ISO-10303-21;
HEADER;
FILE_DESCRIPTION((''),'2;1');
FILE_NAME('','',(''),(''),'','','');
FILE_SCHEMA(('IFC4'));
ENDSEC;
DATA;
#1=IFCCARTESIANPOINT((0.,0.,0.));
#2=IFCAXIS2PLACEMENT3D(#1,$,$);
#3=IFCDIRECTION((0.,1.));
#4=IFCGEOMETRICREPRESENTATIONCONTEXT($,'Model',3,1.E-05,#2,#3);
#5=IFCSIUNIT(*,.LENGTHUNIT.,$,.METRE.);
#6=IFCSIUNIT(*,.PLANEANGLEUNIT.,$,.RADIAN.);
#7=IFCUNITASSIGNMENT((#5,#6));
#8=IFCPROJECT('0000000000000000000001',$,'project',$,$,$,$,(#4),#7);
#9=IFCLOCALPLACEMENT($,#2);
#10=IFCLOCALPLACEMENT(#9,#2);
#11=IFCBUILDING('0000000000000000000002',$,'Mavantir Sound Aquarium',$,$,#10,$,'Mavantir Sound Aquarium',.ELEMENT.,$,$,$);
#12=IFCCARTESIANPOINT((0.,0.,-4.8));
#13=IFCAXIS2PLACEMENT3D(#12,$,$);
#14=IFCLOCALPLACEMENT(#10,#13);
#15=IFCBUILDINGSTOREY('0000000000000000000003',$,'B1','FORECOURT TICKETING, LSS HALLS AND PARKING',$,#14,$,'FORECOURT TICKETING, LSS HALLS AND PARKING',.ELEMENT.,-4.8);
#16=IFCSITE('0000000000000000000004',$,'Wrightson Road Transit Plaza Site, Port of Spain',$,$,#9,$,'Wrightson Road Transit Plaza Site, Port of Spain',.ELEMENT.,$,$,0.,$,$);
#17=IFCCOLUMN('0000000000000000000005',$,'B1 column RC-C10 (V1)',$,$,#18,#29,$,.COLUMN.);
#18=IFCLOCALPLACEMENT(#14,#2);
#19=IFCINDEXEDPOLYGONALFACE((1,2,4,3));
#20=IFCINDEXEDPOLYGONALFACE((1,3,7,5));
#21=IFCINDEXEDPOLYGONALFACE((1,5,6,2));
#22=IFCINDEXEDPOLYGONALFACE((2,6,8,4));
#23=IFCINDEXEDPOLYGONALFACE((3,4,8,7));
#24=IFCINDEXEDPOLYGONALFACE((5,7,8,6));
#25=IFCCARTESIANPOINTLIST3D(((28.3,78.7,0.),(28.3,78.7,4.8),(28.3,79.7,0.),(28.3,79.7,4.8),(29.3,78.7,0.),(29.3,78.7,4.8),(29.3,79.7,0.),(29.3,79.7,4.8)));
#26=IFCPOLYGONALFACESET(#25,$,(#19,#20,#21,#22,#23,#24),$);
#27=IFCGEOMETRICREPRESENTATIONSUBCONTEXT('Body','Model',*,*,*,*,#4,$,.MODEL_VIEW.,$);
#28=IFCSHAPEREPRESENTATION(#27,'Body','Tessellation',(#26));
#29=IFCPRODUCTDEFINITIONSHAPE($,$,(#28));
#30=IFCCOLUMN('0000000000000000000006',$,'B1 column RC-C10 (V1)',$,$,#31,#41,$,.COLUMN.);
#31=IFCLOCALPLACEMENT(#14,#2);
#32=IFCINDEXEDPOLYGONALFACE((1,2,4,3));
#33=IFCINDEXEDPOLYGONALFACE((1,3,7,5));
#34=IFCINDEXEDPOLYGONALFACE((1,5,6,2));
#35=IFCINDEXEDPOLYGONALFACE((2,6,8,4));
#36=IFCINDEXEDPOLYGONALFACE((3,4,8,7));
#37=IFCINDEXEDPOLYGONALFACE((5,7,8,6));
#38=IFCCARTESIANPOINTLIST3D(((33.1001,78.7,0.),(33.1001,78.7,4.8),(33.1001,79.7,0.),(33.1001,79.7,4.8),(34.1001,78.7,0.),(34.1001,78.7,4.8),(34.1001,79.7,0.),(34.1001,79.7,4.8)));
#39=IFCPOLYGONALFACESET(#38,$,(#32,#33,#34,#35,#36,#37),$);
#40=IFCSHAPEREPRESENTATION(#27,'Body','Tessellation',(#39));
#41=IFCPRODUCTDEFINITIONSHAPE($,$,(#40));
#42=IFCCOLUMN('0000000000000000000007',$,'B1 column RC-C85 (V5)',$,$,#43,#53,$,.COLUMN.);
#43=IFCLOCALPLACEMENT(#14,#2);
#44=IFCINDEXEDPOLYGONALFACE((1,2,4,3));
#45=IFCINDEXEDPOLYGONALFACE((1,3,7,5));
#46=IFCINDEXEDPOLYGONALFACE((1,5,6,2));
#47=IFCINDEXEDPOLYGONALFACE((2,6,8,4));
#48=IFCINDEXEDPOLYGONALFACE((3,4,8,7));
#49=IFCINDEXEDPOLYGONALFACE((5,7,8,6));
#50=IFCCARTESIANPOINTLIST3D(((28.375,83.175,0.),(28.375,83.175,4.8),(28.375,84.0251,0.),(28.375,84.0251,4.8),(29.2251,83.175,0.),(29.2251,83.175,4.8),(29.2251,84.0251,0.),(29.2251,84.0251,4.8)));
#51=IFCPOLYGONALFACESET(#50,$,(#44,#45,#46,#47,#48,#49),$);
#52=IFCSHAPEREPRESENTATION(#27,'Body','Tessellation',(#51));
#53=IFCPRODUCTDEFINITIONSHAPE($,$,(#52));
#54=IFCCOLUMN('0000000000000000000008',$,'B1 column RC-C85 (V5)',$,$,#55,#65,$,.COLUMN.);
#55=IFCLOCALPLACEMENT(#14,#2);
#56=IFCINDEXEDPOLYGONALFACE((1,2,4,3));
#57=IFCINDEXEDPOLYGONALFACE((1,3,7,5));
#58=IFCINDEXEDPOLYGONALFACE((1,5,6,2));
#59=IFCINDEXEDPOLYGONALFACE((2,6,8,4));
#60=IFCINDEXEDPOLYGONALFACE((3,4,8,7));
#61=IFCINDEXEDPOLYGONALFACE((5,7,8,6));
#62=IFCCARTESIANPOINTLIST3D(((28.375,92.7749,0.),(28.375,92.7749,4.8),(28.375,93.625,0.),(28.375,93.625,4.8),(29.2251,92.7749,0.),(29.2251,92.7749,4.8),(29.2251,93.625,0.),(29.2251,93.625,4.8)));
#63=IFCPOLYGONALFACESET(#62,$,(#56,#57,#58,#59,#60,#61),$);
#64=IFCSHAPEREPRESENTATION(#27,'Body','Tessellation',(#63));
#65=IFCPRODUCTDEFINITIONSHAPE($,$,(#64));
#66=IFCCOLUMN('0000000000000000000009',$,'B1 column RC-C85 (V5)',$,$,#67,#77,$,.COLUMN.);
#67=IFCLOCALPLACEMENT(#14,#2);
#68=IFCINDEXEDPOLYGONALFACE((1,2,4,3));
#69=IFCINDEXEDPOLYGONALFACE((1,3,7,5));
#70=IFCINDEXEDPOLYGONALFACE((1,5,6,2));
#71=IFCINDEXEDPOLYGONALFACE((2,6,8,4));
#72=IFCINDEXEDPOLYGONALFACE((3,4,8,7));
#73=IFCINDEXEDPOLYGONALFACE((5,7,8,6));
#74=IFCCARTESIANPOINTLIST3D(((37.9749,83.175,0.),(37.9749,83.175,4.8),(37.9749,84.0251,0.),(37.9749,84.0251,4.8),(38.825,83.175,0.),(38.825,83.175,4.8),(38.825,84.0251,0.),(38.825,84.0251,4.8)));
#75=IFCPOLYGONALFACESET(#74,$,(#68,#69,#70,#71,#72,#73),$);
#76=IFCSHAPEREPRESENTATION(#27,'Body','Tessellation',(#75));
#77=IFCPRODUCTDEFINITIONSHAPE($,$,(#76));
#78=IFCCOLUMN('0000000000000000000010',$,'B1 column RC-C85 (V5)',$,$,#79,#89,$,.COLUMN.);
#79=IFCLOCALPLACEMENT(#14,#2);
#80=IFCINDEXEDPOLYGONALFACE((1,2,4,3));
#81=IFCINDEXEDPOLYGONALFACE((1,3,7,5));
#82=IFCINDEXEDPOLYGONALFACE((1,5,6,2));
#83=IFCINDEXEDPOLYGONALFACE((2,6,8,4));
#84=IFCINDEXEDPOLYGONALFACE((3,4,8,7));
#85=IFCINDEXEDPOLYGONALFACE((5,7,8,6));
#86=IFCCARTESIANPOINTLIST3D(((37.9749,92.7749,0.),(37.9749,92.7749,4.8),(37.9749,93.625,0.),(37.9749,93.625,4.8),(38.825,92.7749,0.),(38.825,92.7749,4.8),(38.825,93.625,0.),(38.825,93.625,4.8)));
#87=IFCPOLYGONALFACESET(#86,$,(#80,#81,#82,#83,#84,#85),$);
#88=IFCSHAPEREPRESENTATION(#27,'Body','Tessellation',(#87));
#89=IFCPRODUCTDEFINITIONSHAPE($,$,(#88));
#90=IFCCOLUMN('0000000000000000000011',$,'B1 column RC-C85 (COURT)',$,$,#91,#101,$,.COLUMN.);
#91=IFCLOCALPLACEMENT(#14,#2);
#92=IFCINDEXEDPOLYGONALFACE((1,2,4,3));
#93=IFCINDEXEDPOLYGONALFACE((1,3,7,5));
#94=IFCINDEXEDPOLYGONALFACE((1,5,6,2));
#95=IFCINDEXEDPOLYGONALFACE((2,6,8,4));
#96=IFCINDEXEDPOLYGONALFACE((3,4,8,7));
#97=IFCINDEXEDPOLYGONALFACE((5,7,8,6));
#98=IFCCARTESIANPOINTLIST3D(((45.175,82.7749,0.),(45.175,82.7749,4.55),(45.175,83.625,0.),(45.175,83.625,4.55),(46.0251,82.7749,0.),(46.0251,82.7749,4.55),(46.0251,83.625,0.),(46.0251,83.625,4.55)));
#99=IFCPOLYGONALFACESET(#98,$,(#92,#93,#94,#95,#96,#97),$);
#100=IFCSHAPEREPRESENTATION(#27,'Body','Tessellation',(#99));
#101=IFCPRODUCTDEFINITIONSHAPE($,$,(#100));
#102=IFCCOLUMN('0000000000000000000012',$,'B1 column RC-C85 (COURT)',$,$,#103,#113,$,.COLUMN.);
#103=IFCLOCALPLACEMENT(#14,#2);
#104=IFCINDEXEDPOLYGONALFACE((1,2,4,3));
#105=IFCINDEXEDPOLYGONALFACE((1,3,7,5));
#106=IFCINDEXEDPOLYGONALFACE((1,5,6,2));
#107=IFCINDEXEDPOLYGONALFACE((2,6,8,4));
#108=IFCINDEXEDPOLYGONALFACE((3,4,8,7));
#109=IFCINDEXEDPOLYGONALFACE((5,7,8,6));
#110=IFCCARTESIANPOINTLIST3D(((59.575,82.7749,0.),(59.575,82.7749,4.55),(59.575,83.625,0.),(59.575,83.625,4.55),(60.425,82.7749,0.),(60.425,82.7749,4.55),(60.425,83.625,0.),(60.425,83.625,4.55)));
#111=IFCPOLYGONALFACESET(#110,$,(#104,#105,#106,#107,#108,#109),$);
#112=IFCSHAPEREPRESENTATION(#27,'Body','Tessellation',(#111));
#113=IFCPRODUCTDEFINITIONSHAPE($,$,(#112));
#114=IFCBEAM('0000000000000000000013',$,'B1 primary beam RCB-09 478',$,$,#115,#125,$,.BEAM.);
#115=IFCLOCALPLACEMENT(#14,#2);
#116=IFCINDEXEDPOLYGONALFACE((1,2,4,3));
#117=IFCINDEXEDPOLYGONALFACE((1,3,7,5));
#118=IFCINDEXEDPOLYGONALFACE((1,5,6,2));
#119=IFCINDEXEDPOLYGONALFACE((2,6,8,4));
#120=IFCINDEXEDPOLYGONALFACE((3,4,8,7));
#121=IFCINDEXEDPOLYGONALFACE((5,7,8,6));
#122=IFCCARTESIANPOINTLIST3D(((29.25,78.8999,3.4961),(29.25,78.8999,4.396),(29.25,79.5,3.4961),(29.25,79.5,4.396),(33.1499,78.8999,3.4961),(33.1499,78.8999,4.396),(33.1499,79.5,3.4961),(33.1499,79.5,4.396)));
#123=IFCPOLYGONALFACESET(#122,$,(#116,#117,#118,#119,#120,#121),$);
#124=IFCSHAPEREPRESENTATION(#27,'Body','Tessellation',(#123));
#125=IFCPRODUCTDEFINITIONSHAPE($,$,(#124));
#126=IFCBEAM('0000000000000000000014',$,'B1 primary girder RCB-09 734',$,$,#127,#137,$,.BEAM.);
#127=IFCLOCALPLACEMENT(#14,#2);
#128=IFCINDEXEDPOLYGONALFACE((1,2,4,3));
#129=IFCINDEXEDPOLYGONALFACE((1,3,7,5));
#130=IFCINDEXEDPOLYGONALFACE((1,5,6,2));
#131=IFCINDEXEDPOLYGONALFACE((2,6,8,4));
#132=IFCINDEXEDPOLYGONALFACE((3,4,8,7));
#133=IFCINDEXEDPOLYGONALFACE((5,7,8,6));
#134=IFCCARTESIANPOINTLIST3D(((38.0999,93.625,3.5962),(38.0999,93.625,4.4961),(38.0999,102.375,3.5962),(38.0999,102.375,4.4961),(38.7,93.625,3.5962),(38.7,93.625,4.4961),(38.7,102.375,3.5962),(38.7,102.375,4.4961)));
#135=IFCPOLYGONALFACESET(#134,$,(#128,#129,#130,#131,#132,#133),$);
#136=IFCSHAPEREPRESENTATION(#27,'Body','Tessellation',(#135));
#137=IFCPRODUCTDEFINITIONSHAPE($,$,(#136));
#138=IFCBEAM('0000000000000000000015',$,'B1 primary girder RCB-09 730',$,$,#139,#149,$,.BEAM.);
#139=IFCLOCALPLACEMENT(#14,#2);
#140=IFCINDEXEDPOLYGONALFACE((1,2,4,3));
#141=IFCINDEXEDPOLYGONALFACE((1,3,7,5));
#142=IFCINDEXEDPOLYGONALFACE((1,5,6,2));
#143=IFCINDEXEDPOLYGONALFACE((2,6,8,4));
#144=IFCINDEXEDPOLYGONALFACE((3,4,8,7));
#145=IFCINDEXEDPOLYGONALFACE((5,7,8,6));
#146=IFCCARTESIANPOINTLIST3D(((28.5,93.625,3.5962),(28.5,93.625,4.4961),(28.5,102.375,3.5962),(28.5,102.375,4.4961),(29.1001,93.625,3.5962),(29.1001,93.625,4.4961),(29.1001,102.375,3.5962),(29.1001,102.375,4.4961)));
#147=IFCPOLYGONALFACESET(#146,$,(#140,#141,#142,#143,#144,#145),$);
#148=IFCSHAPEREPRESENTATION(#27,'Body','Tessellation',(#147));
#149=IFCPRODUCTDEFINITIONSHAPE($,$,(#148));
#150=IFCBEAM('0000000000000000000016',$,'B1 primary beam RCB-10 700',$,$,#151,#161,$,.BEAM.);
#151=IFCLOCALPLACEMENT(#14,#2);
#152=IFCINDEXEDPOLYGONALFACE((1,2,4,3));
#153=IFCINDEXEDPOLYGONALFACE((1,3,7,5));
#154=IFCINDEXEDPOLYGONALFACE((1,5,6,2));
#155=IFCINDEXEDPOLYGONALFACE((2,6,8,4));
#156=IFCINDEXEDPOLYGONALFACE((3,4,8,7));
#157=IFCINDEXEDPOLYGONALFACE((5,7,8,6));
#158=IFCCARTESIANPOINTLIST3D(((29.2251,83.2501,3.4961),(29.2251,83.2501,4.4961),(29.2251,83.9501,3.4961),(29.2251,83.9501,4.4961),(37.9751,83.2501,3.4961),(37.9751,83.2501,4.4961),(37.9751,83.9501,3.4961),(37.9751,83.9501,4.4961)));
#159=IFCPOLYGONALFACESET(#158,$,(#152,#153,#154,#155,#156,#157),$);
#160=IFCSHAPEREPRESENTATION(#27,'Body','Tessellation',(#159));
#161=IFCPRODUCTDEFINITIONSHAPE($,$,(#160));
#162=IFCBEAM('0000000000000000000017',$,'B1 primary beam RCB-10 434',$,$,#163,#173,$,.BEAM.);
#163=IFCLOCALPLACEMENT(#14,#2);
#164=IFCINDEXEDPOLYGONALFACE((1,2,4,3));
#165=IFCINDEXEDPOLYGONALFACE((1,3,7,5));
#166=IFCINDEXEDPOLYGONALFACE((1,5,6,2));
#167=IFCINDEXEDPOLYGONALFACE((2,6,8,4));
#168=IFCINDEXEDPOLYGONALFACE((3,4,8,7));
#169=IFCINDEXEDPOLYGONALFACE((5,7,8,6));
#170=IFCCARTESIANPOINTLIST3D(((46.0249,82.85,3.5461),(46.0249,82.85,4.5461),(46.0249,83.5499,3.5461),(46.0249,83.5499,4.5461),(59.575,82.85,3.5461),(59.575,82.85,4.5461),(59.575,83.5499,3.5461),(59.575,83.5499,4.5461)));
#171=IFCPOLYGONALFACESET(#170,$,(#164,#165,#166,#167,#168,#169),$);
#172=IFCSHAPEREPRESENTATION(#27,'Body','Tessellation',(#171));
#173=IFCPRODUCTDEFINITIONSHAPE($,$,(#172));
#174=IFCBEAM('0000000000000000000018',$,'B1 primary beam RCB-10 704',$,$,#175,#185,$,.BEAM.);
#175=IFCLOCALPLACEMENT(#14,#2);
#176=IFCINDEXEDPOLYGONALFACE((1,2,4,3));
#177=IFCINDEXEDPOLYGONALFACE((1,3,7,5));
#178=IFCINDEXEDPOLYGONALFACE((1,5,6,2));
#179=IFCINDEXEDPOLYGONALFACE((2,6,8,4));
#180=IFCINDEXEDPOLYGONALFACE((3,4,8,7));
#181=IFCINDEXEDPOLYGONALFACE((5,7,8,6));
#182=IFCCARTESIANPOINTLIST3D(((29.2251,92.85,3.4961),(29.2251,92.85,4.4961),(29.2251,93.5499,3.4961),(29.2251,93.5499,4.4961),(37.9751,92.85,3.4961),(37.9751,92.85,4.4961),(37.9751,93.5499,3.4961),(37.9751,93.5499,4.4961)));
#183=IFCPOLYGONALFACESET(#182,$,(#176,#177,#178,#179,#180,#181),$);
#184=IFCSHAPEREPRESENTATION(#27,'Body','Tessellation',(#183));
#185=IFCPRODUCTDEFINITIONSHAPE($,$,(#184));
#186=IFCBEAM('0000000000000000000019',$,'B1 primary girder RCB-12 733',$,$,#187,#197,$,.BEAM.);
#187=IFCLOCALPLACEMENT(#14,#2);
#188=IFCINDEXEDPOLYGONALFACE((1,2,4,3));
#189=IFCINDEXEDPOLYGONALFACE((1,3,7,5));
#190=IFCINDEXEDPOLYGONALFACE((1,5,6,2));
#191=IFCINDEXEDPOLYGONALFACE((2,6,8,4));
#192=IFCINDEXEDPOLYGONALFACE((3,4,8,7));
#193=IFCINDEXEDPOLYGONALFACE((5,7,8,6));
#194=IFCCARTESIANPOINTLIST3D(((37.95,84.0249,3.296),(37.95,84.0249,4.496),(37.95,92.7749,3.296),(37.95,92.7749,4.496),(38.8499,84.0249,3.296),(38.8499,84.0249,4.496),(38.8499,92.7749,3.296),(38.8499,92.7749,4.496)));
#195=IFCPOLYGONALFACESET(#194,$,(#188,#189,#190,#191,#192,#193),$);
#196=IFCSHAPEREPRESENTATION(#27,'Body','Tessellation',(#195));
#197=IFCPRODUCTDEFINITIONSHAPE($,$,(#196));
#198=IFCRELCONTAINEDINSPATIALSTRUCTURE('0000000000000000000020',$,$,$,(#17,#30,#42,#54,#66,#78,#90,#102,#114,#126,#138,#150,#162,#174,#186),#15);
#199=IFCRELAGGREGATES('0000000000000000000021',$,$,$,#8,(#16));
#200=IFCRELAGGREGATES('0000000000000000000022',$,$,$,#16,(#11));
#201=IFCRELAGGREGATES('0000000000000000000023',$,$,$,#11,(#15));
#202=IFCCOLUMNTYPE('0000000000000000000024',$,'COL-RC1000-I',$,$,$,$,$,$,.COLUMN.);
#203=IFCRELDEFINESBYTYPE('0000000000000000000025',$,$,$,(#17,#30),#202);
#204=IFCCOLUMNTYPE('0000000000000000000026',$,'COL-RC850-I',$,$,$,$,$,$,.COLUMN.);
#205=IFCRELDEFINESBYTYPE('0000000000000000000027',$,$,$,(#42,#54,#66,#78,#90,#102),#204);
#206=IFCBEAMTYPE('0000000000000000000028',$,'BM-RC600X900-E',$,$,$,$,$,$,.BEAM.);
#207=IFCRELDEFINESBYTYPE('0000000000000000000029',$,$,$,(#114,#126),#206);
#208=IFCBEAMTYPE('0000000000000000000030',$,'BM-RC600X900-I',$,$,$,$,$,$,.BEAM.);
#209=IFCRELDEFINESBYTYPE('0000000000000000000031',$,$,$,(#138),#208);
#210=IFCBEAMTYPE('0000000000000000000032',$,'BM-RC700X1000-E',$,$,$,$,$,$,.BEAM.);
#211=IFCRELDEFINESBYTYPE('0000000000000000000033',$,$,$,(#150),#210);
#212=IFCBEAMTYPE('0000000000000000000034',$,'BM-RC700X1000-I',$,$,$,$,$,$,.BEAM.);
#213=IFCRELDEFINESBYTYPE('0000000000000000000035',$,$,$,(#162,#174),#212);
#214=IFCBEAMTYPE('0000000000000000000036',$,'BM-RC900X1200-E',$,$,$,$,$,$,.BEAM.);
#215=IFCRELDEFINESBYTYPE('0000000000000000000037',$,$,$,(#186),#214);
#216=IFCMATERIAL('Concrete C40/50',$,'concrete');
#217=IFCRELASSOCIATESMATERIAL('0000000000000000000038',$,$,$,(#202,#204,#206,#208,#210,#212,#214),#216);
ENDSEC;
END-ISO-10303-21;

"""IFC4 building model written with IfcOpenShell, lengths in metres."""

from ifc_helpers import new_model, si_unit, direction, frame, origin, origin_2d, place, context, subcontext, project, spatial, rectangle, extrude, material, material_profile, profile_set, type_object, element, save


model = new_model("IFC4")

# Units and contexts
model_context = context("Model", 3, precision=1e-05, world=origin(), true_north=direction((0.0, 1.0)))
body_context = subcontext(model_context, "Body", "Model", "MODEL_VIEW")
ifc_project = project(units=[si_unit("LENGTHUNIT", "METRE"), si_unit("PLANEANGLEUNIT", "RADIAN")], contexts=[model_context])

# Site, building, storey
site_placement = place(None, origin())
site = spatial("IfcSite", under=ifc_project, at=site_placement, Name="Wrightson Road Transit Plaza Site, Port of Spain", LongName="Wrightson Road Transit Plaza Site, Port of Spain", CompositionType="ELEMENT", RefElevation=0.0)
building_placement = place(site_placement, origin())
building = spatial("IfcBuilding", under=site, at=building_placement, Name="Mavantir Sound Aquarium", LongName="Mavantir Sound Aquarium", CompositionType="ELEMENT")
storey_placement = place(building_placement, frame((0.0, 0.0, -4.8)))
storey = spatial("IfcBuildingStorey", under=building, at=storey_placement, Name="B1", Description="FORECOURT TICKETING, LSS HALLS AND PARKING", LongName="FORECOURT TICKETING, LSS HALLS AND PARKING", CompositionType="ELEMENT", Elevation=-4.8)

# Columns
ifc_material_1 = material(Name="Concrete C40/50", Category="concrete")
ifc_material_profile_1 = material_profile(ifc_material_1, rectangle(XDim=1.0, YDim=1.0, at=origin_2d()), Name="RC 1000X1000")
ifc_profile_set_1 = profile_set([ifc_material_profile_1], Name="Concrete C40/50")
column_type_1 = type_object("IfcColumnType", Name="COL-RC1000-I", PredefinedType="COLUMN", material=ifc_profile_set_1)
for number, where, z_axis, x_axis, name in (
    (1, (28.8, 79.2, 0.0), (0.0, 0.0, 1.0), (1.0, 0.0, 0.0), "B1 column RC-C10 (V1)"),
    (2, (33.6001, 79.2, 0.0), (0.0, 0.0, 1.0), (1.0, 0.0, 0.0), "B1 column RC-C10 (V1)"),
):
    element("IfcColumn", number, at=place(storey_placement, frame(where, z_axis=z_axis, x_axis=x_axis)), inside=storey, type_object=column_type_1, Name=name, PredefinedType="COLUMN", context=body_context, shape_type="SweptSolid", body=[
        extrude(rectangle(XDim=1.0, YDim=1.0, at=origin_2d()), origin(), (0.0, 0.0, 1.0), 4.8),
    ])
ifc_material_profile_2 = material_profile(ifc_material_1, rectangle(XDim=0.8501, YDim=0.8501, at=origin_2d()), Name="RC 850X850")
ifc_profile_set_2 = profile_set([ifc_material_profile_2], Name="Concrete C40/50")
column_type_2 = type_object("IfcColumnType", Name="COL-RC850-I", PredefinedType="COLUMN", material=ifc_profile_set_2)
for number, where, z_axis, x_axis, name in (
    (3, (28.8, 83.6001, 0.0), (0.0, 0.0, 1.0), (1.0, 0.0, 0.0), "B1 column RC-C85 (V5)"),
    (4, (28.8, 93.2, 0.0), (0.0, 0.0, 1.0), (1.0, 0.0, 0.0), "B1 column RC-C85 (V5)"),
    (5, (38.3999, 83.6001, 0.0), (0.0, 0.0, 1.0), (1.0, 0.0, 0.0), "B1 column RC-C85 (V5)"),
    (6, (38.3999, 93.2, 0.0), (0.0, 0.0, 1.0), (1.0, 0.0, 0.0), "B1 column RC-C85 (V5)"),
):
    element("IfcColumn", number, at=place(storey_placement, frame(where, z_axis=z_axis, x_axis=x_axis)), inside=storey, type_object=column_type_2, Name=name, PredefinedType="COLUMN", context=body_context, shape_type="SweptSolid", body=[
        extrude(rectangle(XDim=0.8501, YDim=0.8501, at=origin_2d()), origin(), (0.0, 0.0, 1.0), 4.8),
    ])
for number, where, z_axis, x_axis, name in (
    (7, (45.6001, 83.2, 0.0), (0.0, 0.0, 1.0), (1.0, 0.0, 0.0), "B1 column RC-C85 (COURT)"),
    (8, (60.0, 83.2, 0.0), (0.0, 0.0, 1.0), (1.0, 0.0, 0.0), "B1 column RC-C85 (COURT)"),
):
    element("IfcColumn", number, at=place(storey_placement, frame(where, z_axis=z_axis, x_axis=x_axis)), inside=storey, type_object=column_type_2, Name=name, PredefinedType="COLUMN", context=body_context, shape_type="SweptSolid", body=[
        extrude(rectangle(XDim=0.8501, YDim=0.8501, at=origin_2d()), origin(), (0.0, 0.0, 1.0), 4.55),
    ])

# Beams
ifc_material_profile_3 = material_profile(ifc_material_1, rectangle(XDim=0.6001, YDim=0.8999, at=origin_2d()), Name="RC 600X900")
ifc_profile_set_3 = profile_set([ifc_material_profile_3], Name="Concrete C40/50")
beam_type_1 = type_object("IfcBeamType", Name="BM-RC600X900-E", PredefinedType="BEAM", material=ifc_profile_set_3)
beam_1_placement = place(storey_placement, frame((29.25, 79.2, 3.946), z_axis=(1.0, 0.0, 0.0), x_axis=(0.0, 1.0, 0.0)))
element("IfcBeam", 9, at=beam_1_placement, inside=storey, type_object=beam_type_1, Name="B1 primary beam RCB-09 478", PredefinedType="BEAM", context=body_context, shape_type="SweptSolid", body=[
    extrude(rectangle(XDim=0.6001, YDim=0.8999, at=origin_2d()), origin(), (0.0, 0.0, 1.0), 3.8999),
])
beam_2_placement = place(storey_placement, frame((38.3999, 93.625, 4.0461), z_axis=(0.0, 1.0, 0.0), x_axis=(-1.0, 0.0, 0.0)))
element("IfcBeam", 10, at=beam_2_placement, inside=storey, type_object=beam_type_1, Name="B1 primary girder RCB-09 734", PredefinedType="BEAM", context=body_context, shape_type="SweptSolid", body=[
    extrude(rectangle(XDim=0.6001, YDim=0.8999, at=origin_2d()), origin(), (0.0, 0.0, 1.0), 8.75),
])
ifc_material_profile_4 = material_profile(ifc_material_1, rectangle(XDim=0.6001, YDim=0.8999, at=origin_2d()), Name="RC 600X900")
ifc_profile_set_4 = profile_set([ifc_material_profile_4], Name="Concrete C40/50")
beam_type_2 = type_object("IfcBeamType", Name="BM-RC600X900-I", PredefinedType="BEAM", material=ifc_profile_set_4)
beam_3_placement = place(storey_placement, frame((28.8, 93.625, 4.0461), z_axis=(0.0, 1.0, 0.0), x_axis=(-1.0, 0.0, 0.0)))
element("IfcBeam", 11, at=beam_3_placement, inside=storey, type_object=beam_type_2, Name="B1 primary girder RCB-09 730", PredefinedType="BEAM", context=body_context, shape_type="SweptSolid", body=[
    extrude(rectangle(XDim=0.6001, YDim=0.8999, at=origin_2d()), origin(), (0.0, 0.0, 1.0), 8.75),
])
ifc_material_profile_5 = material_profile(ifc_material_1, rectangle(XDim=0.7, YDim=1.0, at=origin_2d()), Name="RC 700X1000")
ifc_profile_set_5 = profile_set([ifc_material_profile_5], Name="Concrete C40/50")
beam_type_3 = type_object("IfcBeamType", Name="BM-RC700X1000-E", PredefinedType="BEAM", material=ifc_profile_set_5)
beam_4_placement = place(storey_placement, frame((29.2251, 83.6001, 3.9961), z_axis=(1.0, 0.0, 0.0), x_axis=(0.0, 1.0, 0.0)))
element("IfcBeam", 12, at=beam_4_placement, inside=storey, type_object=beam_type_3, Name="B1 primary beam RCB-10 700", PredefinedType="BEAM", context=body_context, shape_type="SweptSolid", body=[
    extrude(rectangle(XDim=0.7, YDim=1.0, at=origin_2d()), origin(), (0.0, 0.0, 1.0), 8.75),
])
ifc_material_profile_6 = material_profile(ifc_material_1, rectangle(XDim=0.7, YDim=1.0, at=origin_2d()), Name="RC 700X1000")
ifc_profile_set_6 = profile_set([ifc_material_profile_6], Name="Concrete C40/50")
beam_type_4 = type_object("IfcBeamType", Name="BM-RC700X1000-I", PredefinedType="BEAM", material=ifc_profile_set_6)
beam_5_placement = place(storey_placement, frame((46.0249, 83.2, 4.0461), z_axis=(1.0, 0.0, 0.0), x_axis=(0.0, 1.0, 0.0)))
element("IfcBeam", 13, at=beam_5_placement, inside=storey, type_object=beam_type_4, Name="B1 primary beam RCB-10 434", PredefinedType="BEAM", context=body_context, shape_type="SweptSolid", body=[
    extrude(rectangle(XDim=0.7, YDim=1.0, at=origin_2d()), origin(), (0.0, 0.0, 1.0), 13.55),
])
beam_6_placement = place(storey_placement, frame((29.2251, 93.2, 3.9961), z_axis=(1.0, 0.0, 0.0), x_axis=(0.0, 1.0, 0.0)))
element("IfcBeam", 14, at=beam_6_placement, inside=storey, type_object=beam_type_4, Name="B1 primary beam RCB-10 704", PredefinedType="BEAM", context=body_context, shape_type="SweptSolid", body=[
    extrude(rectangle(XDim=0.7, YDim=1.0, at=origin_2d()), origin(), (0.0, 0.0, 1.0), 8.75),
])
ifc_material_profile_7 = material_profile(ifc_material_1, rectangle(XDim=0.8999, YDim=1.2, at=origin_2d()), Name="RC 900X1200")
ifc_profile_set_7 = profile_set([ifc_material_profile_7], Name="Concrete C40/50")
beam_type_5 = type_object("IfcBeamType", Name="BM-RC900X1200-E", PredefinedType="BEAM", material=ifc_profile_set_7)
beam_7_placement = place(storey_placement, frame((38.3999, 84.0249, 3.896), z_axis=(0.0, 1.0, 0.0), x_axis=(-1.0, 0.0, 0.0)))
element("IfcBeam", 15, at=beam_7_placement, inside=storey, type_object=beam_type_5, Name="B1 primary girder RCB-12 733", PredefinedType="BEAM", context=body_context, shape_type="SweptSolid", body=[
    extrude(rectangle(XDim=0.8999, YDim=1.2, at=origin_2d()), origin(), (0.0, 0.0, 1.0), 8.75),
])

save(model, "model.ifc")
